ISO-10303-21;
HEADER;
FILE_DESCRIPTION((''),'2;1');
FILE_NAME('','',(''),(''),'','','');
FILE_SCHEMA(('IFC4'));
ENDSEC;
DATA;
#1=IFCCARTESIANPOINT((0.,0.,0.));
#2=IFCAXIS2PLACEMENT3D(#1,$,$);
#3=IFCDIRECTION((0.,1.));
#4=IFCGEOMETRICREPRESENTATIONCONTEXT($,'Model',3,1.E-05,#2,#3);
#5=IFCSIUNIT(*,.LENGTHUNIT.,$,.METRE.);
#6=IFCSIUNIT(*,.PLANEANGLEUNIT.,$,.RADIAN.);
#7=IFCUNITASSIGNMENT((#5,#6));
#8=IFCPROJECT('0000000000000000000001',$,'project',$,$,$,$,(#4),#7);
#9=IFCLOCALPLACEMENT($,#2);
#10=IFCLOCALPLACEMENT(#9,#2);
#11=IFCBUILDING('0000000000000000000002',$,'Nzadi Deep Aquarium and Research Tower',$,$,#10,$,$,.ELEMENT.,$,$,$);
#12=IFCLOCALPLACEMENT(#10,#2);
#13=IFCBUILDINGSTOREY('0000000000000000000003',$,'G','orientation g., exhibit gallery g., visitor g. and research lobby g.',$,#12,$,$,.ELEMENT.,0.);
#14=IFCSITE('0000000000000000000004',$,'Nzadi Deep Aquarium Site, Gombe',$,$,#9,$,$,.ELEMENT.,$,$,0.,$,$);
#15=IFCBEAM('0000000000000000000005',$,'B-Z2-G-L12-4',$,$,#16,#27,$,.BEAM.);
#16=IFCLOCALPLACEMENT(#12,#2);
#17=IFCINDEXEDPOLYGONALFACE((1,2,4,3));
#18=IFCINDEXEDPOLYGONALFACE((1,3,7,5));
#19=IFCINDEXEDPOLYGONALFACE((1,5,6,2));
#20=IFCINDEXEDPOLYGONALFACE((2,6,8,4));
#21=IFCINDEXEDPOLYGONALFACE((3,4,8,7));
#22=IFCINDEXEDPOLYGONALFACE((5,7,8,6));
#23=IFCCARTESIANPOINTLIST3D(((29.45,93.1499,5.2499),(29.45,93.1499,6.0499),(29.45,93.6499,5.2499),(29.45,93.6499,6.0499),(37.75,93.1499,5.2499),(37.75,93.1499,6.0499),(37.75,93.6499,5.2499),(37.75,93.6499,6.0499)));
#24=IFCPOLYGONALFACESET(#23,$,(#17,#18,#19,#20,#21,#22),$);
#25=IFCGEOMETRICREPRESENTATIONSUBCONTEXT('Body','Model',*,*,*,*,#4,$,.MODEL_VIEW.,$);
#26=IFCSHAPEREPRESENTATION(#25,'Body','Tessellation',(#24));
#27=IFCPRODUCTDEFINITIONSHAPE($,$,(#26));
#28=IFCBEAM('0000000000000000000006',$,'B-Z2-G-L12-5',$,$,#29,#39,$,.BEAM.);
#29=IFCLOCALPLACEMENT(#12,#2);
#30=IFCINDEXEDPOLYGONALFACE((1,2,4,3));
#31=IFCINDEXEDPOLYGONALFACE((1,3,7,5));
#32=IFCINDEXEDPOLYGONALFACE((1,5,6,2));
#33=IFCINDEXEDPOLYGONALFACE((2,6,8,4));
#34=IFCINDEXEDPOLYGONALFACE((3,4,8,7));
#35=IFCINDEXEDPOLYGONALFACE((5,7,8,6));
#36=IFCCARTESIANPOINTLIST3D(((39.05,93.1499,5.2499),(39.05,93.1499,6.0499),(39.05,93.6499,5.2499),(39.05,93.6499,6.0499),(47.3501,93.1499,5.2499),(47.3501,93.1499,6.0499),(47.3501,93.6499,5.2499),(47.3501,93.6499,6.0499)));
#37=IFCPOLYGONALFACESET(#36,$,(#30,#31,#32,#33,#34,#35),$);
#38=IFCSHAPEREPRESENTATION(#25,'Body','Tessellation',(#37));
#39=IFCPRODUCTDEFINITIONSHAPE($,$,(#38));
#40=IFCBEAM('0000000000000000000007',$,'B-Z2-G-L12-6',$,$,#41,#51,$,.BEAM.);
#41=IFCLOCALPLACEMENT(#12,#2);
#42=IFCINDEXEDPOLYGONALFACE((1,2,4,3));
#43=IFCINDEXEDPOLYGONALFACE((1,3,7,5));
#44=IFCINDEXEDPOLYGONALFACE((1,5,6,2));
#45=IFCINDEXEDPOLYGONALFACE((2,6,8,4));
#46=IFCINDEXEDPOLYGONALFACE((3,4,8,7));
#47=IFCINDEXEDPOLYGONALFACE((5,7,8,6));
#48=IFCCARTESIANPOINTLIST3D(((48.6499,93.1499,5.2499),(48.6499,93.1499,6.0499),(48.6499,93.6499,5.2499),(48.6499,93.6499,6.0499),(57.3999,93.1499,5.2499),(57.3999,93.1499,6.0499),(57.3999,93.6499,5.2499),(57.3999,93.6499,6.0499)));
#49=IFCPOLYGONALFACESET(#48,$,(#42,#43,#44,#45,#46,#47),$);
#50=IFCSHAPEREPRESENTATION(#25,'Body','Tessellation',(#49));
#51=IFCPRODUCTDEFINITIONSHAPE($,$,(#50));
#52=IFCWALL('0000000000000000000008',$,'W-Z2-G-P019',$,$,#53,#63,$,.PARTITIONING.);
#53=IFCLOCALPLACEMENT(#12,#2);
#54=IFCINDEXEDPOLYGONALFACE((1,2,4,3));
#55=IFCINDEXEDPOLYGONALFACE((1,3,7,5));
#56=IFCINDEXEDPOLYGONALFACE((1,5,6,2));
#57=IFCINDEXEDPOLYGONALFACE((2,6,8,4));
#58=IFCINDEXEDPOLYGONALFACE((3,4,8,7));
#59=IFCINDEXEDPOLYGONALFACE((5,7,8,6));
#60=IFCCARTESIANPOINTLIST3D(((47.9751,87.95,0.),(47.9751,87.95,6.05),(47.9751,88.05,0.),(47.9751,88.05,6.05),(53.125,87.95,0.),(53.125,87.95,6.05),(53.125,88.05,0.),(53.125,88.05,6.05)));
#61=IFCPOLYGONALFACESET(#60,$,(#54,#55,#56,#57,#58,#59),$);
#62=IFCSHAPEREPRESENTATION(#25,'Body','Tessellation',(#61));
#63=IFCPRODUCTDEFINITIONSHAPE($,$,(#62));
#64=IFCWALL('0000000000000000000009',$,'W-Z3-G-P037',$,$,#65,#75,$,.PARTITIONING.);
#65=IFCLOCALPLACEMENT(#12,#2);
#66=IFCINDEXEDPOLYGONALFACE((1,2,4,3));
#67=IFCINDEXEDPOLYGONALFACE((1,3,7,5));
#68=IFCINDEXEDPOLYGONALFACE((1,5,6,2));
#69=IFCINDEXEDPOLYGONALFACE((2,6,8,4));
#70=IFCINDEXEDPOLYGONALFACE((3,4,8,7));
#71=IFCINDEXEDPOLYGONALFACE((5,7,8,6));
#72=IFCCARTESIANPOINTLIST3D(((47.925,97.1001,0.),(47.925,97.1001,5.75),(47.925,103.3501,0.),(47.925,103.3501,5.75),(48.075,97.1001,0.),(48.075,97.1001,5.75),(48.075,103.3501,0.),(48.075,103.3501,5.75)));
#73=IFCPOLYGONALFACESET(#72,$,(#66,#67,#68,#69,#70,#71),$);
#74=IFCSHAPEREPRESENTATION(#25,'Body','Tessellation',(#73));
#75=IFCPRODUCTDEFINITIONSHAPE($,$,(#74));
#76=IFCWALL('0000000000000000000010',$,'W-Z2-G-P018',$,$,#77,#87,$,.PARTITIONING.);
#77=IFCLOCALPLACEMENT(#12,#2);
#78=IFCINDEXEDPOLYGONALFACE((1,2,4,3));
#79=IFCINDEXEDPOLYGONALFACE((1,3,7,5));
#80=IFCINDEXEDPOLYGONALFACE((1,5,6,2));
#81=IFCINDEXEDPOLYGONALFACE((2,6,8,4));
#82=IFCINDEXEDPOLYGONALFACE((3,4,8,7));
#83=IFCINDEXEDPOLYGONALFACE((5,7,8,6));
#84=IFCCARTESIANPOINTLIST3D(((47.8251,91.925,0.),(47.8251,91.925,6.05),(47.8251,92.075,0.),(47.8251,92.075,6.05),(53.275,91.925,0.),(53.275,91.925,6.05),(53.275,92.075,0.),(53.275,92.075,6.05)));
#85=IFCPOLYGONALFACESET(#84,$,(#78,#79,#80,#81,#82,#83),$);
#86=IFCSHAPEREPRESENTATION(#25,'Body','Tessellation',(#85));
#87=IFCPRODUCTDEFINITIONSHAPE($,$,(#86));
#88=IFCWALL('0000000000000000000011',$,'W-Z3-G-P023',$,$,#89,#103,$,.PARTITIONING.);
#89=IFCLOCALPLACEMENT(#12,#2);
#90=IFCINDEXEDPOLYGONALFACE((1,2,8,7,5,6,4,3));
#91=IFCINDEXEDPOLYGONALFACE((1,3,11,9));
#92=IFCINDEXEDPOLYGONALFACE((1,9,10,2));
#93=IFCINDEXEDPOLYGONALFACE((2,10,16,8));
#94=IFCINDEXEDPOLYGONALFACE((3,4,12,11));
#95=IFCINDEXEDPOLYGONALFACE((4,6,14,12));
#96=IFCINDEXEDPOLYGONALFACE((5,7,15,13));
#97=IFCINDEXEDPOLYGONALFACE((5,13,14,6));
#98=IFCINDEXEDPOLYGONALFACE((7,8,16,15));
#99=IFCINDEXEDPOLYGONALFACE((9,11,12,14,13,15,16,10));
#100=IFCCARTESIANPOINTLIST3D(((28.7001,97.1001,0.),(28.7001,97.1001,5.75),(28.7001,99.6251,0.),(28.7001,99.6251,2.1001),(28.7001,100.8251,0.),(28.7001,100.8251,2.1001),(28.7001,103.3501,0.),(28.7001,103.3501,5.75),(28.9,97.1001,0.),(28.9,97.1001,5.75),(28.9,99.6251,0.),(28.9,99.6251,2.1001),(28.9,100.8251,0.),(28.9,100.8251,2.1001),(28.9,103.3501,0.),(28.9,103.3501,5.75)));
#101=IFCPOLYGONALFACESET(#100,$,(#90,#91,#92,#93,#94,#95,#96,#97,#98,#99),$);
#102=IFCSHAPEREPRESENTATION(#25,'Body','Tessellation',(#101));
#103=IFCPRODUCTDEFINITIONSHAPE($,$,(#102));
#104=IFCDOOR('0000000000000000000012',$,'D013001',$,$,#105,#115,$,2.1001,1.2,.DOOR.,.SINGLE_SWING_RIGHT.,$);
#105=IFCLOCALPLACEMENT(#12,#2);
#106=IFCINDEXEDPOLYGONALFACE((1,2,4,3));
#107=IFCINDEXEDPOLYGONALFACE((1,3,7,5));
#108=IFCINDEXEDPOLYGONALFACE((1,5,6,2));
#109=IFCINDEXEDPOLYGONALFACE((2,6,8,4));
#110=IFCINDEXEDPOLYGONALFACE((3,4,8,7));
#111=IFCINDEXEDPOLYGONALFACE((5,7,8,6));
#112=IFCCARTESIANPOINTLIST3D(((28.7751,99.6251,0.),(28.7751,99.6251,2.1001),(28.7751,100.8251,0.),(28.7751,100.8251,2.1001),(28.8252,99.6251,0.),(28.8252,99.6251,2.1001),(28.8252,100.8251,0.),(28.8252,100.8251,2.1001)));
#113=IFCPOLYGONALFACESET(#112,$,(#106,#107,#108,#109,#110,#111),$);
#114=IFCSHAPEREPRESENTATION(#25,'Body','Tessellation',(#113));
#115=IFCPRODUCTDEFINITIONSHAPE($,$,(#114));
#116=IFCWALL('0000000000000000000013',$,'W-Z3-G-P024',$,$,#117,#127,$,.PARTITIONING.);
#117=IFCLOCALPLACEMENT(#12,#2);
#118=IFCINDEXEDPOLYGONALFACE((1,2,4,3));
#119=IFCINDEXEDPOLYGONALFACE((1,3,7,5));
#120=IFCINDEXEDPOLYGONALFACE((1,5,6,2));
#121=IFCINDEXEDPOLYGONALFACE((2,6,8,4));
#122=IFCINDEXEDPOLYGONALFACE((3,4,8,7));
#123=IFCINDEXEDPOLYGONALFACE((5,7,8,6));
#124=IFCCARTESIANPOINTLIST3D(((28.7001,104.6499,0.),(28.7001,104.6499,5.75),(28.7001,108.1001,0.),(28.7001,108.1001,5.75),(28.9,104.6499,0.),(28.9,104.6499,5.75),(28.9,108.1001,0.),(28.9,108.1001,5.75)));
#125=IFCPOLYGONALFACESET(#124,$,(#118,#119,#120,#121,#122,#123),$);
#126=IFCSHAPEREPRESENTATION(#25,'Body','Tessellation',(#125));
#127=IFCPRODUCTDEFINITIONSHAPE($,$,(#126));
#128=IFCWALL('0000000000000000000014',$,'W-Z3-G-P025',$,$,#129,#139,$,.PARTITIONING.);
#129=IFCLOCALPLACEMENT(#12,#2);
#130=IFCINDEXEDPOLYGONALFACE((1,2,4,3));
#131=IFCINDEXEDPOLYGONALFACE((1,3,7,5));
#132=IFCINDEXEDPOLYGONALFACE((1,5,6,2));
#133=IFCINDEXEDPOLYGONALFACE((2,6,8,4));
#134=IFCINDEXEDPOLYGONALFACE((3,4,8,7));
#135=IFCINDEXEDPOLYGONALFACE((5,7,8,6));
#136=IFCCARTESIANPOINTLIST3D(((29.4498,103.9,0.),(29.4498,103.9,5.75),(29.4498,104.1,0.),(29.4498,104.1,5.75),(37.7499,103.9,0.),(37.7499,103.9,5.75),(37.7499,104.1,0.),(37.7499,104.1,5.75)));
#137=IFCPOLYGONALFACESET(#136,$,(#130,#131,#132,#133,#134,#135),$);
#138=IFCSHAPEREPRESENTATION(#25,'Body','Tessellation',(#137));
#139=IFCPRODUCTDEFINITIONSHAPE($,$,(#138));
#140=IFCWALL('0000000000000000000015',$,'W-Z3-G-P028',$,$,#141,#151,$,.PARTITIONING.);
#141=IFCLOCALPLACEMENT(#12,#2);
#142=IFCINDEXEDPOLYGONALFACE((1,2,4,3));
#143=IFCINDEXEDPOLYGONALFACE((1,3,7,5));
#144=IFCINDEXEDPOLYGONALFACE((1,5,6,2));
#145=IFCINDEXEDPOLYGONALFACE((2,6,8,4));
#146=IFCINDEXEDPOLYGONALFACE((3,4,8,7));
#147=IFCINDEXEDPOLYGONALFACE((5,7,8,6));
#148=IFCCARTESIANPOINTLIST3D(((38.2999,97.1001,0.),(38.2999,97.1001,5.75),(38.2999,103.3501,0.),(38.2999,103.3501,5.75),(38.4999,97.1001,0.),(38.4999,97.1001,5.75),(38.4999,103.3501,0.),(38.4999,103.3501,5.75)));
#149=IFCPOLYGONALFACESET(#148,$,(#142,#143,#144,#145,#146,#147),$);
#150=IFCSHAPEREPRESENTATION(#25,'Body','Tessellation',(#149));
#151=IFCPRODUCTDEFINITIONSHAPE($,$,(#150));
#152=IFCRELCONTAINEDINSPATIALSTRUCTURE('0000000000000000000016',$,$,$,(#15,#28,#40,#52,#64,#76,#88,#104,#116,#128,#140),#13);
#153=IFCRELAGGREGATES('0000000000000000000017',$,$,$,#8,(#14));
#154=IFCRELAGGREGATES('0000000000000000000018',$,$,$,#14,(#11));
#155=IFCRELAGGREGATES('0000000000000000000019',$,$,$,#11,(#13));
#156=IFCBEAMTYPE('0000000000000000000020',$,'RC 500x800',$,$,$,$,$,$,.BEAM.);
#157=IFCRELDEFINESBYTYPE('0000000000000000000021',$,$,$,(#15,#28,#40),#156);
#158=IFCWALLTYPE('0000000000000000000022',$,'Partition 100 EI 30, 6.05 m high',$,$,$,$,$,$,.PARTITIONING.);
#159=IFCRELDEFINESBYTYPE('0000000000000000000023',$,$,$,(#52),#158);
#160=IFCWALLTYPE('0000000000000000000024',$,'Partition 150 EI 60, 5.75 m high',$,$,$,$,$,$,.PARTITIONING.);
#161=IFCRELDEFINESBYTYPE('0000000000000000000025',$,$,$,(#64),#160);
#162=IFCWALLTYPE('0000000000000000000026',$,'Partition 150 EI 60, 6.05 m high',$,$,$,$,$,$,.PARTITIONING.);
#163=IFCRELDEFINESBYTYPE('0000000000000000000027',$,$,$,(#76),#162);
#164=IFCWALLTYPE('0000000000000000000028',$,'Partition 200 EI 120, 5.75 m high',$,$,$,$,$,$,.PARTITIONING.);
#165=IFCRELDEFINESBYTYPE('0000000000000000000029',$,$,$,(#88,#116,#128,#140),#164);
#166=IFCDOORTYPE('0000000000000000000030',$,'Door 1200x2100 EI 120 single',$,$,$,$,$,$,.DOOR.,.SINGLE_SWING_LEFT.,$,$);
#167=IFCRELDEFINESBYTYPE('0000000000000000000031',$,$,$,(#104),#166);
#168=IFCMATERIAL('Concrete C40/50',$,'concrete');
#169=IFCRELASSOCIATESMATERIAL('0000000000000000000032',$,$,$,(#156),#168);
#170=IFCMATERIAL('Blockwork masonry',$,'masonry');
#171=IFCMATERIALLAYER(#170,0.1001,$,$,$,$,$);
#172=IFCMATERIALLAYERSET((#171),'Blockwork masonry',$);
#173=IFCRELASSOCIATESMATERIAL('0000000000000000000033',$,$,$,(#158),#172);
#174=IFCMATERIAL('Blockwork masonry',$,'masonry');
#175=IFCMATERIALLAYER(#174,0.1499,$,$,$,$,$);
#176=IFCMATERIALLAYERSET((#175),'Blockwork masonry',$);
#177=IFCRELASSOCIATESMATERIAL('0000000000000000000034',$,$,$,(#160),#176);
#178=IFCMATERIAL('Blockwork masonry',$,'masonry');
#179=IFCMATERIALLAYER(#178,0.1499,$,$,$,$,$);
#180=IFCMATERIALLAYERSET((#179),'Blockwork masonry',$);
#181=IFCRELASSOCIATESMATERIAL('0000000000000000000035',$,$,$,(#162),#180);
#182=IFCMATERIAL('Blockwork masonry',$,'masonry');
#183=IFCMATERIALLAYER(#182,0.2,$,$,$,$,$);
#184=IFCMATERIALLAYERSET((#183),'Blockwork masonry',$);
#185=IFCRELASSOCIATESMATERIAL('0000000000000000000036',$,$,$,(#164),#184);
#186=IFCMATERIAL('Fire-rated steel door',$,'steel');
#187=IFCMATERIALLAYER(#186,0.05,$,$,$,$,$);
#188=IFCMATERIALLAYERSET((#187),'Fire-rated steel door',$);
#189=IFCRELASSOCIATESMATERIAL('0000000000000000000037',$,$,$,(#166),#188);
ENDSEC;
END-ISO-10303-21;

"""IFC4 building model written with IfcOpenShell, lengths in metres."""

from ifc_helpers import new_model, si_unit, direction, frame, frame_2d, origin, origin_2d, place, context, subcontext, project, spatial, rectangle, extrude, material, layer, layer_set, material_profile, profile_set, type_object, element, fill, save


model = new_model("IFC4")

# Units and contexts
model_context = context("Model", 3, precision=1e-05, world=origin(), true_north=direction((0.0, 1.0)))
body_context = subcontext(model_context, "Body", "Model", "MODEL_VIEW")
ifc_project = project(units=[si_unit("LENGTHUNIT", "METRE"), si_unit("PLANEANGLEUNIT", "RADIAN")], contexts=[model_context])

# Site, building, storey
site_placement = place(None, origin())
site = spatial("IfcSite", under=ifc_project, at=site_placement, Name="Nzadi Deep Aquarium Site, Gombe", CompositionType="ELEMENT", RefElevation=0.0)
building_placement = place(site_placement, origin())
building = spatial("IfcBuilding", under=site, at=building_placement, Name="Nzadi Deep Aquarium and Research Tower", CompositionType="ELEMENT")
storey_placement = place(building_placement, origin())
storey = spatial("IfcBuildingStorey", under=building, at=storey_placement, Name="G", Description="orientation g., exhibit gallery g., visitor g. and research lobby g.", CompositionType="ELEMENT", Elevation=0.0)

# Beams
ifc_material_1 = material(Name="Concrete C40/50", Category="concrete")
ifc_material_profile_1 = material_profile(ifc_material_1, rectangle(XDim=0.5, YDim=0.8, at=origin_2d()))
ifc_profile_set_1 = profile_set([ifc_material_profile_1], Name="Concrete C40/50")
beam_type_1 = type_object("IfcBeamType", Name="RC 500x800", PredefinedType="BEAM", material=ifc_profile_set_1)
for number, where, z_axis, x_axis, name in (
    (1, (29.45, 93.3999, 5.6499), (1.0, 0.0, 0.0), (0.0, 1.0, 0.0), "B-Z2-G-L12-4"),
    (2, (39.05, 93.3999, 5.6499), (1.0, 0.0, 0.0), (0.0, 1.0, 0.0), "B-Z2-G-L12-5"),
):
    element("IfcBeam", number, at=place(storey_placement, frame(where, z_axis=z_axis, x_axis=x_axis)), inside=storey, type_object=beam_type_1, Name=name, PredefinedType="BEAM", context=body_context, shape_type="SweptSolid", body=[
        extrude(rectangle(XDim=0.5, YDim=0.8, at=origin_2d()), origin(), (0.0, 0.0, 1.0), 8.3),
    ])
beam_1_placement = place(storey_placement, frame((48.6499, 93.3999, 5.6499), z_axis=(1.0, 0.0, 0.0), x_axis=(0.0, 1.0, 0.0)))
element("IfcBeam", 3, at=beam_1_placement, inside=storey, type_object=beam_type_1, Name="B-Z2-G-L12-6", PredefinedType="BEAM", context=body_context, shape_type="SweptSolid", body=[
    extrude(rectangle(XDim=0.5, YDim=0.8, at=origin_2d()), origin(), (0.0, 0.0, 1.0), 8.75),
])

# Walls
ifc_material_2 = material(Name="Blockwork masonry", Category="masonry")
ifc_layer_1 = layer(ifc_material_2, 0.1001)
ifc_layer_set_1 = layer_set([ifc_layer_1], Name="Blockwork masonry")
wall_type_1 = type_object("IfcWallType", Name="Partition 100 EI 30, 6.05 m high", PredefinedType="PARTITIONING", material=ifc_layer_set_1)
wall_1_placement = place(storey_placement, frame((47.9751, 88.0, 0.0), z_axis=(0.0, 0.0, 1.0), x_axis=(1.0, 0.0, 0.0)))
element("IfcWall", 4, at=wall_1_placement, inside=storey, type_object=wall_type_1, Name="W-Z2-G-P019", PredefinedType="PARTITIONING", context=body_context, shape_type="SweptSolid", body=[
    extrude(rectangle(XDim=5.1499, YDim=0.1001, at=frame_2d((2.575, 0.0))), origin(), (0.0, 0.0, 1.0), 6.05),
])
ifc_material_3 = material(Name="Blockwork masonry", Category="masonry")
ifc_layer_2 = layer(ifc_material_3, 0.1499)
ifc_layer_set_2 = layer_set([ifc_layer_2], Name="Blockwork masonry")
wall_type_2 = type_object("IfcWallType", Name="Partition 150 EI 60, 5.75 m high", PredefinedType="PARTITIONING", material=ifc_layer_set_2)
wall_2_placement = place(storey_placement, frame((48.0, 97.1001, 0.0), z_axis=(0.0, 0.0, 1.0), x_axis=(0.0, 1.0, 0.0)))
element("IfcWall", 5, at=wall_2_placement, inside=storey, type_object=wall_type_2, Name="W-Z3-G-P037", PredefinedType="PARTITIONING", context=body_context, shape_type="SweptSolid", body=[
    extrude(rectangle(XDim=6.25, YDim=0.1499, at=frame_2d((3.125, 0.0))), origin(), (0.0, 0.0, 1.0), 5.75),
])
ifc_material_4 = material(Name="Blockwork masonry", Category="masonry")
ifc_layer_3 = layer(ifc_material_4, 0.1499)
ifc_layer_set_3 = layer_set([ifc_layer_3], Name="Blockwork masonry")
wall_type_3 = type_object("IfcWallType", Name="Partition 150 EI 60, 6.05 m high", PredefinedType="PARTITIONING", material=ifc_layer_set_3)
wall_3_placement = place(storey_placement, frame((47.825, 92.0, 0.0), z_axis=(0.0, 0.0, 1.0), x_axis=(1.0, 0.0, 0.0)))
element("IfcWall", 6, at=wall_3_placement, inside=storey, type_object=wall_type_3, Name="W-Z2-G-P018", PredefinedType="PARTITIONING", context=body_context, shape_type="SweptSolid", body=[
    extrude(rectangle(XDim=5.45, YDim=0.1499, at=frame_2d((2.7251, 0.0))), origin(), (0.0, 0.0, 1.0), 6.05),
])

# Wall, opening, door
ifc_material_5 = material(Name="Blockwork masonry", Category="masonry")
ifc_layer_4 = layer(ifc_material_5, 0.2)
ifc_layer_set_4 = layer_set([ifc_layer_4], Name="Blockwork masonry")
wall_type_4 = type_object("IfcWallType", Name="Partition 200 EI 120, 5.75 m high", PredefinedType="PARTITIONING", material=ifc_layer_set_4)
wall_4_placement = place(storey_placement, frame((28.8, 97.1001, 0.0), z_axis=(0.0, 0.0, 1.0), x_axis=(0.0, 1.0, 0.0)))
wall_4 = element("IfcWall", 7, at=wall_4_placement, inside=storey, type_object=wall_type_4, Name="W-Z3-G-P023", PredefinedType="PARTITIONING", context=body_context, shape_type="SweptSolid", body=[
    extrude(rectangle(XDim=6.25, YDim=0.2, at=frame_2d((3.125, 0.0))), origin(), (0.0, 0.0, 1.0), 5.75),
])
opening_1_placement = place(wall_4_placement, frame((2.5249, 0.0, 0.0)))
opening_1 = element("IfcOpeningElement", 8, at=opening_1_placement, cuts=wall_4, PredefinedType="OPENING", context=body_context, shape_type="SweptSolid", body=[
    extrude(rectangle(XDim=1.2, YDim=2.1001, at=frame_2d((0.6001, 1.05))), frame((0.0, 0.1101, 0.0), z_axis=(0.0, -1.0, 0.0), x_axis=(1.0, 0.0, 0.0)), (0.0, 0.0, 1.0), 0.2202),
])
ifc_material_6 = material(Name="Fire-rated steel door", Category="steel")
ifc_layer_5 = layer(ifc_material_6, 0.05)
ifc_layer_set_5 = layer_set([ifc_layer_5], Name="Fire-rated steel door")
door_type_1 = type_object("IfcDoorType", Name="Door 1200x2100 EI 120 single", OperationType="SINGLE_SWING_LEFT", PredefinedType="DOOR", material=ifc_layer_set_5)
door_1_placement = place(opening_1_placement, origin())
door_1 = element("IfcDoor", 9, at=door_1_placement, inside=storey, type_object=door_type_1, Name="D013001", OperationType="SINGLE_SWING_RIGHT", OverallHeight=2.1001, OverallWidth=1.2, PredefinedType="DOOR", context=body_context, shape_type="SweptSolid", body=[
    extrude(rectangle(XDim=1.2, YDim=2.1001, at=frame_2d((0.6001, 1.05))), frame((0.0, 0.0249, 0.0), z_axis=(0.0, -1.0, 0.0), x_axis=(1.0, 0.0, 0.0)), (0.0, 0.0, 1.0), 0.05),
])
fill(opening_1, door_1)

# Walls
wall_5_placement = place(storey_placement, frame((28.8, 104.6499, 0.0), z_axis=(0.0, 0.0, 1.0), x_axis=(0.0, 1.0, 0.0)))
element("IfcWall", 10, at=wall_5_placement, inside=storey, type_object=wall_type_4, Name="W-Z3-G-P024", PredefinedType="PARTITIONING", context=body_context, shape_type="SweptSolid", body=[
    extrude(rectangle(XDim=3.4502, YDim=0.2, at=frame_2d((1.7251, 0.0))), origin(), (0.0, 0.0, 1.0), 5.75),
])
wall_6_placement = place(storey_placement, frame((29.45, 104.0, 0.0), z_axis=(0.0, 0.0, 1.0), x_axis=(1.0, 0.0, 0.0)))
element("IfcWall", 11, at=wall_6_placement, inside=storey, type_object=wall_type_4, Name="W-Z3-G-P025", PredefinedType="PARTITIONING", context=body_context, shape_type="SweptSolid", body=[
    extrude(rectangle(XDim=8.3, YDim=0.2, at=frame_2d((4.1499, 0.0))), origin(), (0.0, 0.0, 1.0), 5.75),
])
wall_7_placement = place(storey_placement, frame((38.3999, 97.1001, 0.0), z_axis=(0.0, 0.0, 1.0), x_axis=(0.0, 1.0, 0.0)))
element("IfcWall", 12, at=wall_7_placement, inside=storey, type_object=wall_type_4, Name="W-Z3-G-P028", PredefinedType="PARTITIONING", context=body_context, shape_type="SweptSolid", body=[
    extrude(rectangle(XDim=6.25, YDim=0.2, at=frame_2d((3.125, 0.0))), origin(), (0.0, 0.0, 1.0), 5.75),
])

save(model, "model.ifc")
